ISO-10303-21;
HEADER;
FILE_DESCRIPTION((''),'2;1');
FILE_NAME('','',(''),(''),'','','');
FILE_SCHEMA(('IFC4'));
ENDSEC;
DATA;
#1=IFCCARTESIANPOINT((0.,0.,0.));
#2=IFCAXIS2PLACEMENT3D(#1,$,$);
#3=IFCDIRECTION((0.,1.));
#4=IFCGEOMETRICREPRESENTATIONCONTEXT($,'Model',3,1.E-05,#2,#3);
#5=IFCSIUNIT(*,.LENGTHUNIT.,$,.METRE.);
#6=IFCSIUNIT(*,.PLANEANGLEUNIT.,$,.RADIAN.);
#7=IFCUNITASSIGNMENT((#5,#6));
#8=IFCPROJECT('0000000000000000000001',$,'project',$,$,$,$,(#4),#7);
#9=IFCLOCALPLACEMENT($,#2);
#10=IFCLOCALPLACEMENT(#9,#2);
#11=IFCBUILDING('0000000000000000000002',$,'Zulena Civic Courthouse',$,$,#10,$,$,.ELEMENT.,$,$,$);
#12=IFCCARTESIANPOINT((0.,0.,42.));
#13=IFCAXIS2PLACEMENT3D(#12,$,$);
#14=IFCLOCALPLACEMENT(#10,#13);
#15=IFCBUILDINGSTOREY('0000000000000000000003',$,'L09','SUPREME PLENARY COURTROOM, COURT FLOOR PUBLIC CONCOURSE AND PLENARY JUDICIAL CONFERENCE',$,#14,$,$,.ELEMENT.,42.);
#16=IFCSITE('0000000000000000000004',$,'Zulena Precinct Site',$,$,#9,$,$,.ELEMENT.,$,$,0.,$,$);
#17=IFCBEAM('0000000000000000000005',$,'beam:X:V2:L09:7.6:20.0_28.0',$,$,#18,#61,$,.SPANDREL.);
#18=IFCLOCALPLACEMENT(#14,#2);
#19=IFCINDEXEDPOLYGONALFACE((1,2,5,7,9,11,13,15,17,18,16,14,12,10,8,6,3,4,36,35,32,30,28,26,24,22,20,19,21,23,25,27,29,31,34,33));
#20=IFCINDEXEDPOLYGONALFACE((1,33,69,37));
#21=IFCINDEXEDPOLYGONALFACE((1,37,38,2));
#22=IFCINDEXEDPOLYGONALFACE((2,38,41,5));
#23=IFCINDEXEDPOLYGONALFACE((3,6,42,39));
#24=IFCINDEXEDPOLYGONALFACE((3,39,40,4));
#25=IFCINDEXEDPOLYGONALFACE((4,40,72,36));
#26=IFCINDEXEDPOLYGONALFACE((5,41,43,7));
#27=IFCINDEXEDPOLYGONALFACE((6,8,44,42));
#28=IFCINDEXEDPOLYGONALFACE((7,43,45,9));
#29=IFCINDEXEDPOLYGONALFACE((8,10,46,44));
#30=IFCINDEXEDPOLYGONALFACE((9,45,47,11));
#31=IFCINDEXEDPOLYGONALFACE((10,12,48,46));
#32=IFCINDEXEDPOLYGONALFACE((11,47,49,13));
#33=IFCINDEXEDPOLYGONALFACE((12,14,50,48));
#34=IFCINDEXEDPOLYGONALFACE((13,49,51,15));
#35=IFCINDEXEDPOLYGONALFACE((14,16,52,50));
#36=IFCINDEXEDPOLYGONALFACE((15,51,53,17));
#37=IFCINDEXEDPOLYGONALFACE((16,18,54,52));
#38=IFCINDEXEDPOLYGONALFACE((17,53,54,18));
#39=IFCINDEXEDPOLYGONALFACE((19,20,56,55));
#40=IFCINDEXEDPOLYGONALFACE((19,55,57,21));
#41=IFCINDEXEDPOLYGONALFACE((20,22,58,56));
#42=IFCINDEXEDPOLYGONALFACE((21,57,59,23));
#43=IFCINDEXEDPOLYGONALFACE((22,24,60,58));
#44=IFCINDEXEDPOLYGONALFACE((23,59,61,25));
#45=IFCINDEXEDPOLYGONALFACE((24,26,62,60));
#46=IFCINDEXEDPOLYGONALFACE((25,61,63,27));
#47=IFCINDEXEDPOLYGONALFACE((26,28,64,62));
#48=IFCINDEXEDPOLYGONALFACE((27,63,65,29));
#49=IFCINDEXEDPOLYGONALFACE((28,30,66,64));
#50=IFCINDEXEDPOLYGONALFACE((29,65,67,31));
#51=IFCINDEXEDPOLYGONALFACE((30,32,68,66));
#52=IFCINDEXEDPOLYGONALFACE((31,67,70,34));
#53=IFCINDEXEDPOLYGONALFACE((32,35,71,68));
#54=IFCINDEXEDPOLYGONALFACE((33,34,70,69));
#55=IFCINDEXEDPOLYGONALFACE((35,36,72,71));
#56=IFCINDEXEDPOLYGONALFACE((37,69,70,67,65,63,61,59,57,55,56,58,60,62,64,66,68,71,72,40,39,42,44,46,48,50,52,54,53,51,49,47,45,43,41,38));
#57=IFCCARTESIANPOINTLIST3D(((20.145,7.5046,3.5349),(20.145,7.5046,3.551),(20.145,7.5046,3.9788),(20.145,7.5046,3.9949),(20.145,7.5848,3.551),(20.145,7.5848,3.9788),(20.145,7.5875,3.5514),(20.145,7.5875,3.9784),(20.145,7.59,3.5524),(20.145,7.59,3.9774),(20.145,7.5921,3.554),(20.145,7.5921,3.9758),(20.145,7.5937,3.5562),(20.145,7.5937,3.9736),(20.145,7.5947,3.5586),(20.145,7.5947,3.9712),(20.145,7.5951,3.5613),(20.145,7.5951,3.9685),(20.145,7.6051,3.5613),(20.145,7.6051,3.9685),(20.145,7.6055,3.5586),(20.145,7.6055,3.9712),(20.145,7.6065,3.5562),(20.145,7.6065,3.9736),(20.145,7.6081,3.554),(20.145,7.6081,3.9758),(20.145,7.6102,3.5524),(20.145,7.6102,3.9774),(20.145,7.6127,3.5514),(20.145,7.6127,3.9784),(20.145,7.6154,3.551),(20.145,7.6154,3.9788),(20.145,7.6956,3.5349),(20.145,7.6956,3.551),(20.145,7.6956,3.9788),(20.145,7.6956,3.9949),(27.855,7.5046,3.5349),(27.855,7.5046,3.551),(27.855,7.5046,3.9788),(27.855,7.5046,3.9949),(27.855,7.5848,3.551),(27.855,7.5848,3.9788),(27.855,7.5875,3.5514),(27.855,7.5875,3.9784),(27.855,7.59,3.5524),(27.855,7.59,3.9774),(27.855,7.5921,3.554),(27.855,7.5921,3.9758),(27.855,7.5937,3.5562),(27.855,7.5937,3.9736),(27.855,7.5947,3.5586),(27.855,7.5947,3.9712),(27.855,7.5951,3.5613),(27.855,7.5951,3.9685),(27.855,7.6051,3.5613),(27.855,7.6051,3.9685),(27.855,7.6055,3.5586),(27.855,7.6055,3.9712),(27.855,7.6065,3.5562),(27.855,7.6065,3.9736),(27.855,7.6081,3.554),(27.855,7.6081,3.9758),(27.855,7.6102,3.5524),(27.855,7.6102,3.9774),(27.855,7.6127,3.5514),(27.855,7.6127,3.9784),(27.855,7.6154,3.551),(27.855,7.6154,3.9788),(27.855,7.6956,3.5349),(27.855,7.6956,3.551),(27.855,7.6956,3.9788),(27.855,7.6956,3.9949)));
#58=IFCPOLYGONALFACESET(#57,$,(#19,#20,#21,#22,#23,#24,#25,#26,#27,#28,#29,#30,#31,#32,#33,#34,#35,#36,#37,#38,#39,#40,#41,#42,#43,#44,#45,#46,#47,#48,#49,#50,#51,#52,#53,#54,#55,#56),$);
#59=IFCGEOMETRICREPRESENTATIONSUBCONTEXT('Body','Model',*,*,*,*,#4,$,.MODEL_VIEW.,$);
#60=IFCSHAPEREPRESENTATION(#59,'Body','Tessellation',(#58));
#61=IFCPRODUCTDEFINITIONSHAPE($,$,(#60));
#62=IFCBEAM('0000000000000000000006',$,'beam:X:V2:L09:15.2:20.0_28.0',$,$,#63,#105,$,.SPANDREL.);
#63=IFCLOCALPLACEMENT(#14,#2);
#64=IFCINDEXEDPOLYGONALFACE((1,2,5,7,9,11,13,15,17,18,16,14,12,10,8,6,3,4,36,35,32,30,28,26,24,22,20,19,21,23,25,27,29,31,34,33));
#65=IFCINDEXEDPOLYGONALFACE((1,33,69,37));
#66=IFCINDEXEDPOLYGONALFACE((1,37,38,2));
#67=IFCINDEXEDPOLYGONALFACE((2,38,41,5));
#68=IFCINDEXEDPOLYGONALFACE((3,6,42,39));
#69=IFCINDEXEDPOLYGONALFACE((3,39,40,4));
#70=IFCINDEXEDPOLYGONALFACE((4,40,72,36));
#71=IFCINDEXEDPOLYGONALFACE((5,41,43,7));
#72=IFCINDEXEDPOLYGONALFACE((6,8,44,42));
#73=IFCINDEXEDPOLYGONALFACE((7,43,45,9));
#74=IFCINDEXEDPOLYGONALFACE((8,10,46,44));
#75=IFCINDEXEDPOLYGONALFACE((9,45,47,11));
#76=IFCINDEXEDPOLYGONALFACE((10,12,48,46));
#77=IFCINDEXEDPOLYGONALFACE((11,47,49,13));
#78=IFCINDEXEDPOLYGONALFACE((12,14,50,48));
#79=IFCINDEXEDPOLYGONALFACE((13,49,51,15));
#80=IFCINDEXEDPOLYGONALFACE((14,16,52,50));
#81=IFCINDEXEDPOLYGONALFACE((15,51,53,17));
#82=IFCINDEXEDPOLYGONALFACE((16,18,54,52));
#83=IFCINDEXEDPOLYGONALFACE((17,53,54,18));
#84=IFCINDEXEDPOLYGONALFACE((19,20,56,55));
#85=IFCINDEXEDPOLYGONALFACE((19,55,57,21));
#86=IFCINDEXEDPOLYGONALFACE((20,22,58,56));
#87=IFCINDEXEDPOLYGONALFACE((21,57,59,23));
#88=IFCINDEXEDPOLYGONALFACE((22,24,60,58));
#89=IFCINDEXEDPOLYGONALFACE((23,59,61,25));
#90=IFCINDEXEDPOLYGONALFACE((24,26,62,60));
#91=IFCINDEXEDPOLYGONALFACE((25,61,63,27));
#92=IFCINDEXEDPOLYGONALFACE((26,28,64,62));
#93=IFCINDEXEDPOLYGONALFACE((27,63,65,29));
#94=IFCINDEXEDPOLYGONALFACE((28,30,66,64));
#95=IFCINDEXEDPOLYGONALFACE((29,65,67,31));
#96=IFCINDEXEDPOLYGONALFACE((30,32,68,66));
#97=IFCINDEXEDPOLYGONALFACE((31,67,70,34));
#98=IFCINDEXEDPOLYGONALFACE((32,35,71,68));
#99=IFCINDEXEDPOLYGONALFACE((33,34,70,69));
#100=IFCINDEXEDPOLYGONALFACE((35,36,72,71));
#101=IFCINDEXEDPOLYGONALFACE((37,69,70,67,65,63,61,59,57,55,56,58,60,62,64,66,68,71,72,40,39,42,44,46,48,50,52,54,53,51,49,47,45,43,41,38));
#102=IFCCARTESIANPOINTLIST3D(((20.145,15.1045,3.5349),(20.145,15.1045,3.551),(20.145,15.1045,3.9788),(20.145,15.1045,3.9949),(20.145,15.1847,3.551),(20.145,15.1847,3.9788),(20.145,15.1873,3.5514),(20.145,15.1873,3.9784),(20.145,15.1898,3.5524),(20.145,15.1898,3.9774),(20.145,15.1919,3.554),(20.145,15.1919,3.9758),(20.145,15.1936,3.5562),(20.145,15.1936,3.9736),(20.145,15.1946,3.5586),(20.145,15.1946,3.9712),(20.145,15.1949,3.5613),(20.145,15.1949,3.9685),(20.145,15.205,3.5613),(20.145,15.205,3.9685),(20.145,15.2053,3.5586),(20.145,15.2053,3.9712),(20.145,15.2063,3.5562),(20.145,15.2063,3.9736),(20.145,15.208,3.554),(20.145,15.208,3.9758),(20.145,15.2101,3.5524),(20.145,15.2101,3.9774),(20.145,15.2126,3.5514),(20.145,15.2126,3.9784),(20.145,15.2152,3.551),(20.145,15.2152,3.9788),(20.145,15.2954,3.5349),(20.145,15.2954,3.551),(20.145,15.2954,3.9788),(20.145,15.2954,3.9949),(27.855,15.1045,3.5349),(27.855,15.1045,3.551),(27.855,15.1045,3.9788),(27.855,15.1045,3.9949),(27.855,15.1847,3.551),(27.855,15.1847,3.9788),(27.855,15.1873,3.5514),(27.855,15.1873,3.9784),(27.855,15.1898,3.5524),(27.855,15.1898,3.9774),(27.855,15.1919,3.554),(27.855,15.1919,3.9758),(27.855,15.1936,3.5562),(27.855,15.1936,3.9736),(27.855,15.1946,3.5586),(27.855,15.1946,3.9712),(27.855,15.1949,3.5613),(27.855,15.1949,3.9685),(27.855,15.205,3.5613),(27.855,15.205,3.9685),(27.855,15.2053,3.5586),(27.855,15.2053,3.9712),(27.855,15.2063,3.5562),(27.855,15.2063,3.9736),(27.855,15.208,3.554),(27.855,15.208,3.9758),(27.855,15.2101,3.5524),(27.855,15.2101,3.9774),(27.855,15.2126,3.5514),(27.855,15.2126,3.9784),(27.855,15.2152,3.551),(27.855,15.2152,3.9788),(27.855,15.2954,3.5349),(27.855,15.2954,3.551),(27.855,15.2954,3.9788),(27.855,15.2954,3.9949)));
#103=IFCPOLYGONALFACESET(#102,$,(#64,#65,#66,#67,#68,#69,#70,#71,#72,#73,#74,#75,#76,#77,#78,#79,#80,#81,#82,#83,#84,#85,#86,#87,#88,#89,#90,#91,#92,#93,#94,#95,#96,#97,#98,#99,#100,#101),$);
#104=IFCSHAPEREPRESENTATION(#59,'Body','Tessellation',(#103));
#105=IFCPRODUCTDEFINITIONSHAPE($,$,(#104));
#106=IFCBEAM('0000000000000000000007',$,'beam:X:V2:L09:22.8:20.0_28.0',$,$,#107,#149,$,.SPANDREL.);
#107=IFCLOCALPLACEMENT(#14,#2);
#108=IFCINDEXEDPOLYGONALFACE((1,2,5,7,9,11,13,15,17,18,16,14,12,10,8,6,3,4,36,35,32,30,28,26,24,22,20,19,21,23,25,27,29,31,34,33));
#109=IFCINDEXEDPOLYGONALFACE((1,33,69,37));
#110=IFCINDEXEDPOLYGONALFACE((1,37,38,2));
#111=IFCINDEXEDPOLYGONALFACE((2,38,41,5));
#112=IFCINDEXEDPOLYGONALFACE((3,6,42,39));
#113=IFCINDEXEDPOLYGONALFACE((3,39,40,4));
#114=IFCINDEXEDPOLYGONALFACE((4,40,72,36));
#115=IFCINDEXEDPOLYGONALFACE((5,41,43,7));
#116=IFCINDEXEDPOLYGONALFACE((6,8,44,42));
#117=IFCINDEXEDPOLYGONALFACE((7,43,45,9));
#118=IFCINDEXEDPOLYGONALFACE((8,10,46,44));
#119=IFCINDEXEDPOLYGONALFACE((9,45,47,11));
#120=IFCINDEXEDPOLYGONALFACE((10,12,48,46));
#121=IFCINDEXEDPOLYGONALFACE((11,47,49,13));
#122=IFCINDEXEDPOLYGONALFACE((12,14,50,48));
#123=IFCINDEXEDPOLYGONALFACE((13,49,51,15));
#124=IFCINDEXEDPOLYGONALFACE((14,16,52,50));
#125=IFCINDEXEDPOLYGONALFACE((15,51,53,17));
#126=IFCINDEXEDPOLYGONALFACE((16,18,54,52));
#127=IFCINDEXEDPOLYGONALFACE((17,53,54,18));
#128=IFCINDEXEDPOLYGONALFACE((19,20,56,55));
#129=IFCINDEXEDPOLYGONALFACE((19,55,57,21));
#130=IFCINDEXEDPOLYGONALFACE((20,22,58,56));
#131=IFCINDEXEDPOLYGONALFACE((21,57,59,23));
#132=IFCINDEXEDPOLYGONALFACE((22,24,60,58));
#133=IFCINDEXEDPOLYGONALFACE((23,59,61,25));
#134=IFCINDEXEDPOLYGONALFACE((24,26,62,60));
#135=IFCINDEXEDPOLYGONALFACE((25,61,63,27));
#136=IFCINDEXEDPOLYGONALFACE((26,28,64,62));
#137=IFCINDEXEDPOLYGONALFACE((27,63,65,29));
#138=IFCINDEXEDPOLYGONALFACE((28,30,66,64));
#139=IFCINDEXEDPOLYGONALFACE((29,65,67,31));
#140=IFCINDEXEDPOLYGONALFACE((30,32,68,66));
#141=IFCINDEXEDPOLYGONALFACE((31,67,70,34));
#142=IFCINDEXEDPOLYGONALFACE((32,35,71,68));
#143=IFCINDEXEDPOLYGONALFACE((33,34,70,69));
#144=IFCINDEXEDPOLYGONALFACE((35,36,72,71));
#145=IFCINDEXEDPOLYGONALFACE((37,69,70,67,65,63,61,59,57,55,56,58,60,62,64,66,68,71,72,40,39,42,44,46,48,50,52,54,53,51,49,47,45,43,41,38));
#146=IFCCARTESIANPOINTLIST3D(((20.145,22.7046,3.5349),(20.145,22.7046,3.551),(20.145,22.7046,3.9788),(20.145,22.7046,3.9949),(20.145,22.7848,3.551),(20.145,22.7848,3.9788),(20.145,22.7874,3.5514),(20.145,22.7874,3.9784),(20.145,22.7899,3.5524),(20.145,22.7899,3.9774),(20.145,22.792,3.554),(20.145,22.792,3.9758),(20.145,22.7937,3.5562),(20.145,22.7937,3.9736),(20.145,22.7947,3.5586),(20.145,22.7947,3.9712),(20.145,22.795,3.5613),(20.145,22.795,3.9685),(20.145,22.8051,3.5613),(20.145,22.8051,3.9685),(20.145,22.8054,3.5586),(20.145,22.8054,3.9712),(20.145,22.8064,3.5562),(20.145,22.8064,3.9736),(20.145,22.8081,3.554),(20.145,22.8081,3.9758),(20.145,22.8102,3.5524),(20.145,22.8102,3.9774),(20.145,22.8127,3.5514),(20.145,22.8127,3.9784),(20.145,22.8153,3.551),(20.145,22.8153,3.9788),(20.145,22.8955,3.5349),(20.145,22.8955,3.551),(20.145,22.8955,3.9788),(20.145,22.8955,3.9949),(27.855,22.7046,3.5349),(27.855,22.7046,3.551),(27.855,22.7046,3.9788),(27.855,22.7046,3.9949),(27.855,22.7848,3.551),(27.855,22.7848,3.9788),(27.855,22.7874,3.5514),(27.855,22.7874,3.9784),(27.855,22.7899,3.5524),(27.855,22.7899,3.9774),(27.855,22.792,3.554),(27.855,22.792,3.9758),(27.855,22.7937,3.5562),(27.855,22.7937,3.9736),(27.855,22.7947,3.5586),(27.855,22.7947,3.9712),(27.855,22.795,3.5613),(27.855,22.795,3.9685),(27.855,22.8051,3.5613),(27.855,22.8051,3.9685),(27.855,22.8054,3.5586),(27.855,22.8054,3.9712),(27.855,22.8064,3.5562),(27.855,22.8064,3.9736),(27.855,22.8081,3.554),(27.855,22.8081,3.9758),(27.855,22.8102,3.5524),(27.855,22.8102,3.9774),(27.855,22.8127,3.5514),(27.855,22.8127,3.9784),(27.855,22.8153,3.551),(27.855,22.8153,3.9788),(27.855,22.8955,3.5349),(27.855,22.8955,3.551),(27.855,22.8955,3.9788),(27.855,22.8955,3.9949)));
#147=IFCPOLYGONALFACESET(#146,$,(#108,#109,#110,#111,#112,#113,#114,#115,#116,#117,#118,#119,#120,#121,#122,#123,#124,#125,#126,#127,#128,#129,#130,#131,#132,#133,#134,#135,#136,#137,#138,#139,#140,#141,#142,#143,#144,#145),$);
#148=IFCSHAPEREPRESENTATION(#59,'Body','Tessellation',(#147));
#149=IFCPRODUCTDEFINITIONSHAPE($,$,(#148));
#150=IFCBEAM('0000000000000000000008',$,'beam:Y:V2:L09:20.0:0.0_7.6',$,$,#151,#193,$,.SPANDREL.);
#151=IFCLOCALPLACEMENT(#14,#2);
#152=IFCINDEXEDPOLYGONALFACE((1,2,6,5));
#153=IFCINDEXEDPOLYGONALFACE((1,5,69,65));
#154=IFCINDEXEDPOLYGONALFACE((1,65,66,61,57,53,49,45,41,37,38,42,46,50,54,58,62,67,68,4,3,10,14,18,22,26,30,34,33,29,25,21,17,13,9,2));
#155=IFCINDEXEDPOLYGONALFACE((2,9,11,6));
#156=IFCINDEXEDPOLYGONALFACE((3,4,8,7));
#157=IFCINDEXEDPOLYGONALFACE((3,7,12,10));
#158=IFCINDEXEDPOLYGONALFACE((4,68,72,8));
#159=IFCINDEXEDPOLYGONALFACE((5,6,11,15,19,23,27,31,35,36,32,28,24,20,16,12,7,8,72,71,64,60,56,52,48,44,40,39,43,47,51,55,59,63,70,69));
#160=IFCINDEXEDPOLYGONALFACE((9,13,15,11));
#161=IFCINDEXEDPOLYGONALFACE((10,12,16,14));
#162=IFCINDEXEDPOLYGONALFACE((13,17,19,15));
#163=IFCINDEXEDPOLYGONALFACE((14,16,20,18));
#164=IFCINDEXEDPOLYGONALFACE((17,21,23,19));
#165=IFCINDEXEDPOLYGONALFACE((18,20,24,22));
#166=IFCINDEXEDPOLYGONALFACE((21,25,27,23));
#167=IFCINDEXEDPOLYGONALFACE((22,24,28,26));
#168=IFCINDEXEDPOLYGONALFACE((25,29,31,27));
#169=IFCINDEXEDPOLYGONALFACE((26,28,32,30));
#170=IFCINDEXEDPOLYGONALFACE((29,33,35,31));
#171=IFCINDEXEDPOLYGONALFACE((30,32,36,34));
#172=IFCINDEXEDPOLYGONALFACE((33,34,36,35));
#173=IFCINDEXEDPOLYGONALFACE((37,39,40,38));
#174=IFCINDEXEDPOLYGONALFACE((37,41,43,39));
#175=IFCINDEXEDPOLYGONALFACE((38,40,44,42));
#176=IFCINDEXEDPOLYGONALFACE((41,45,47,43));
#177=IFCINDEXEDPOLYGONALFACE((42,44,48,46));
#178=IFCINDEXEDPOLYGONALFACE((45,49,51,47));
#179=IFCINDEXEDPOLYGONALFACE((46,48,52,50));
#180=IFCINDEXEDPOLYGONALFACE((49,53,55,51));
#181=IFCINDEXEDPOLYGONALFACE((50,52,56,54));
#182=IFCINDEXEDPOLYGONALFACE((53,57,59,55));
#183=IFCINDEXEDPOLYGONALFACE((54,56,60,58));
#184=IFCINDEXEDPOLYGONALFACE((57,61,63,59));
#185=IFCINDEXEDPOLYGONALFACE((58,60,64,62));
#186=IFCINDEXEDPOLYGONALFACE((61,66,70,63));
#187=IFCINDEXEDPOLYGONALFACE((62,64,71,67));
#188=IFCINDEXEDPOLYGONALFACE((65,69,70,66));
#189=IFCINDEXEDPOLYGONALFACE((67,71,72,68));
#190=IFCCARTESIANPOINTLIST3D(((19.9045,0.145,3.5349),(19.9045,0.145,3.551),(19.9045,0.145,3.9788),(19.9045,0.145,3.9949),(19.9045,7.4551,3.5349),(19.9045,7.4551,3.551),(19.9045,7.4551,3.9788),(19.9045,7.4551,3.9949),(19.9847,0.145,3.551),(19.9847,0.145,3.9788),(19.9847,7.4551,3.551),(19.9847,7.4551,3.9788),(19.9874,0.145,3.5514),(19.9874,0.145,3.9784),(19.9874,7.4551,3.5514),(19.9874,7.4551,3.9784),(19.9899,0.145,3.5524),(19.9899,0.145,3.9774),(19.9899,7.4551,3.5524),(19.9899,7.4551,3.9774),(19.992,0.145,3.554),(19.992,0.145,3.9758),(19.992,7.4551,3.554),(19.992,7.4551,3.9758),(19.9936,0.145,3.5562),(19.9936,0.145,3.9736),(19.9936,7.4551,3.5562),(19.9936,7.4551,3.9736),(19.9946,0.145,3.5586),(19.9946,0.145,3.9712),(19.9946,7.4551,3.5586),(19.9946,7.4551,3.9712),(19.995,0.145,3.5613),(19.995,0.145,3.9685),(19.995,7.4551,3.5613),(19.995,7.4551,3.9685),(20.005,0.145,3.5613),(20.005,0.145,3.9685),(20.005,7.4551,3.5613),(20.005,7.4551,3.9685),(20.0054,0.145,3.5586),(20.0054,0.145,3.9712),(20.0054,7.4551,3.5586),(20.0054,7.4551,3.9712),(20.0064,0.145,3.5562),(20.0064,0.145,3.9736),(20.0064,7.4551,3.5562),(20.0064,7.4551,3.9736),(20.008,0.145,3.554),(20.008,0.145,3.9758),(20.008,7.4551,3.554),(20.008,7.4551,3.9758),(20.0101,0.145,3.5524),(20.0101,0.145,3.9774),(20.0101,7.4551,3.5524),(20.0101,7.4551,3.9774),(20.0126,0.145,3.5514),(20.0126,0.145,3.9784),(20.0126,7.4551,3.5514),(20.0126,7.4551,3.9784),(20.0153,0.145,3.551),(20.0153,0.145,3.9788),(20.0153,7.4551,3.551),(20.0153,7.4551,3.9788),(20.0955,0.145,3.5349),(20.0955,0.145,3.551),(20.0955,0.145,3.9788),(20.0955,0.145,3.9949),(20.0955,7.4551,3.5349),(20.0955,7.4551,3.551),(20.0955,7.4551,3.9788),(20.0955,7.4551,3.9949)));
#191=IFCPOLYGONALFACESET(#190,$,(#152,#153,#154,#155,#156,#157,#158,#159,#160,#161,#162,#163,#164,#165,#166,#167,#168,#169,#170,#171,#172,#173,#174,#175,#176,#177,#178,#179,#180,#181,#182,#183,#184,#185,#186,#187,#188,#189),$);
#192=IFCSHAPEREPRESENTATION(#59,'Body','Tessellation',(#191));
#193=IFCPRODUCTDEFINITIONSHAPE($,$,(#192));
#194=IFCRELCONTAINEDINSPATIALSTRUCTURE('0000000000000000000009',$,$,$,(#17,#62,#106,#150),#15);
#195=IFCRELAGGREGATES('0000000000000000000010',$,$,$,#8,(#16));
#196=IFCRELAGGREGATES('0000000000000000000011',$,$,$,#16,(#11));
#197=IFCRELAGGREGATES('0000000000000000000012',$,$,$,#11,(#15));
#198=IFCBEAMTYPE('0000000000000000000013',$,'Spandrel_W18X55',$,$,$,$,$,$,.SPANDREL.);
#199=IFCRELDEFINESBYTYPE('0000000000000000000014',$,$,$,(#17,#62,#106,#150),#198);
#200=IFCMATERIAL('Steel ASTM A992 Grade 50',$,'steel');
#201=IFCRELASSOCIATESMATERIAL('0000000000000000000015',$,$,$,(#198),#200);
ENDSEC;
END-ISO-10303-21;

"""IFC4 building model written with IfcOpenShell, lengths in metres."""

from ifc_helpers import new_model, si_unit, direction, frame, origin, origin_2d, place, context, subcontext, project, spatial, i_section, extrude, material, material_profile, profile_set, type_object, element, save


model = new_model("IFC4")

# Units and contexts
model_context = context("Model", 3, precision=1e-05, world=origin(), true_north=direction((0.0, 1.0)))
body_context = subcontext(model_context, "Body", "Model", "MODEL_VIEW")
ifc_project = project(units=[si_unit("LENGTHUNIT", "METRE"), si_unit("PLANEANGLEUNIT", "RADIAN")], contexts=[model_context])

# Site, building, storey
site_placement = place(None, origin())
site = spatial("IfcSite", under=ifc_project, at=site_placement, Name="Zulena Precinct Site", CompositionType="ELEMENT", RefElevation=0.0)
building_placement = place(site_placement, origin())
building = spatial("IfcBuilding", under=site, at=building_placement, Name="Zulena Civic Courthouse", CompositionType="ELEMENT")
storey_placement = place(building_placement, frame((0.0, 0.0, 42.0)))
storey = spatial("IfcBuildingStorey", under=building, at=storey_placement, Name="L09", Description="SUPREME PLENARY COURTROOM, COURT FLOOR PUBLIC CONCOURSE AND PLENARY JUDICIAL CONFERENCE", CompositionType="ELEMENT", Elevation=42.0)

# Shared definitions
ifc_material_1 = material(Name="Steel ASTM A992 Grade 50", Category="steel")

# Beams
ifc_material_profile_1 = material_profile(ifc_material_1, i_section(OverallWidth=0.1909, OverallDepth=0.46, WebThickness=0.01, FlangeThickness=0.0161, FilletRadius=0.0103, at=origin_2d()), Name="W18X55")
ifc_profile_set_1 = profile_set([ifc_material_profile_1], Name="Steel ASTM A992 Grade 50")
beam_type = type_object("IfcBeamType", Name="Spandrel_W18X55", PredefinedType="SPANDREL", material=ifc_profile_set_1)
for number, where, z_axis, x_axis, name in (
    (1, (20.145, 7.6001, 3.7649), (1.0, 0.0, 0.0), (0.0, 1.0, 0.0), "beam:X:V2:L09:7.6:20.0_28.0"),
    (2, (20.145, 15.2, 3.7649), (1.0, 0.0, 0.0), (0.0, 1.0, 0.0), "beam:X:V2:L09:15.2:20.0_28.0"),
    (3, (20.145, 22.8, 3.7649), (1.0, 0.0, 0.0), (0.0, 1.0, 0.0), "beam:X:V2:L09:22.8:20.0_28.0"),
):
    element("IfcBeam", number, at=place(storey_placement, frame(where, z_axis=z_axis, x_axis=x_axis)), inside=storey, type_object=beam_type, Name=name, PredefinedType="SPANDREL", context=body_context, shape_type="SweptSolid", body=[
        extrude(i_section(OverallWidth=0.1909, OverallDepth=0.46, WebThickness=0.01, FlangeThickness=0.0161, FilletRadius=0.0103, at=origin_2d()), origin(), (0.0, 0.0, 1.0), 7.71),
    ])
beam_1_placement = place(storey_placement, frame((20.0, 0.145, 3.7649), z_axis=(0.0, 1.0, 0.0), x_axis=(-1.0, 0.0, 0.0)))
element("IfcBeam", 4, at=beam_1_placement, inside=storey, type_object=beam_type, Name="beam:Y:V2:L09:20.0:0.0_7.6", PredefinedType="SPANDREL", context=body_context, shape_type="SweptSolid", body=[
    extrude(i_section(OverallWidth=0.1909, OverallDepth=0.46, WebThickness=0.01, FlangeThickness=0.0161, FilletRadius=0.0103, at=origin_2d()), origin(), (0.0, 0.0, 1.0), 7.3101),
])

save(model, "model.ifc")
